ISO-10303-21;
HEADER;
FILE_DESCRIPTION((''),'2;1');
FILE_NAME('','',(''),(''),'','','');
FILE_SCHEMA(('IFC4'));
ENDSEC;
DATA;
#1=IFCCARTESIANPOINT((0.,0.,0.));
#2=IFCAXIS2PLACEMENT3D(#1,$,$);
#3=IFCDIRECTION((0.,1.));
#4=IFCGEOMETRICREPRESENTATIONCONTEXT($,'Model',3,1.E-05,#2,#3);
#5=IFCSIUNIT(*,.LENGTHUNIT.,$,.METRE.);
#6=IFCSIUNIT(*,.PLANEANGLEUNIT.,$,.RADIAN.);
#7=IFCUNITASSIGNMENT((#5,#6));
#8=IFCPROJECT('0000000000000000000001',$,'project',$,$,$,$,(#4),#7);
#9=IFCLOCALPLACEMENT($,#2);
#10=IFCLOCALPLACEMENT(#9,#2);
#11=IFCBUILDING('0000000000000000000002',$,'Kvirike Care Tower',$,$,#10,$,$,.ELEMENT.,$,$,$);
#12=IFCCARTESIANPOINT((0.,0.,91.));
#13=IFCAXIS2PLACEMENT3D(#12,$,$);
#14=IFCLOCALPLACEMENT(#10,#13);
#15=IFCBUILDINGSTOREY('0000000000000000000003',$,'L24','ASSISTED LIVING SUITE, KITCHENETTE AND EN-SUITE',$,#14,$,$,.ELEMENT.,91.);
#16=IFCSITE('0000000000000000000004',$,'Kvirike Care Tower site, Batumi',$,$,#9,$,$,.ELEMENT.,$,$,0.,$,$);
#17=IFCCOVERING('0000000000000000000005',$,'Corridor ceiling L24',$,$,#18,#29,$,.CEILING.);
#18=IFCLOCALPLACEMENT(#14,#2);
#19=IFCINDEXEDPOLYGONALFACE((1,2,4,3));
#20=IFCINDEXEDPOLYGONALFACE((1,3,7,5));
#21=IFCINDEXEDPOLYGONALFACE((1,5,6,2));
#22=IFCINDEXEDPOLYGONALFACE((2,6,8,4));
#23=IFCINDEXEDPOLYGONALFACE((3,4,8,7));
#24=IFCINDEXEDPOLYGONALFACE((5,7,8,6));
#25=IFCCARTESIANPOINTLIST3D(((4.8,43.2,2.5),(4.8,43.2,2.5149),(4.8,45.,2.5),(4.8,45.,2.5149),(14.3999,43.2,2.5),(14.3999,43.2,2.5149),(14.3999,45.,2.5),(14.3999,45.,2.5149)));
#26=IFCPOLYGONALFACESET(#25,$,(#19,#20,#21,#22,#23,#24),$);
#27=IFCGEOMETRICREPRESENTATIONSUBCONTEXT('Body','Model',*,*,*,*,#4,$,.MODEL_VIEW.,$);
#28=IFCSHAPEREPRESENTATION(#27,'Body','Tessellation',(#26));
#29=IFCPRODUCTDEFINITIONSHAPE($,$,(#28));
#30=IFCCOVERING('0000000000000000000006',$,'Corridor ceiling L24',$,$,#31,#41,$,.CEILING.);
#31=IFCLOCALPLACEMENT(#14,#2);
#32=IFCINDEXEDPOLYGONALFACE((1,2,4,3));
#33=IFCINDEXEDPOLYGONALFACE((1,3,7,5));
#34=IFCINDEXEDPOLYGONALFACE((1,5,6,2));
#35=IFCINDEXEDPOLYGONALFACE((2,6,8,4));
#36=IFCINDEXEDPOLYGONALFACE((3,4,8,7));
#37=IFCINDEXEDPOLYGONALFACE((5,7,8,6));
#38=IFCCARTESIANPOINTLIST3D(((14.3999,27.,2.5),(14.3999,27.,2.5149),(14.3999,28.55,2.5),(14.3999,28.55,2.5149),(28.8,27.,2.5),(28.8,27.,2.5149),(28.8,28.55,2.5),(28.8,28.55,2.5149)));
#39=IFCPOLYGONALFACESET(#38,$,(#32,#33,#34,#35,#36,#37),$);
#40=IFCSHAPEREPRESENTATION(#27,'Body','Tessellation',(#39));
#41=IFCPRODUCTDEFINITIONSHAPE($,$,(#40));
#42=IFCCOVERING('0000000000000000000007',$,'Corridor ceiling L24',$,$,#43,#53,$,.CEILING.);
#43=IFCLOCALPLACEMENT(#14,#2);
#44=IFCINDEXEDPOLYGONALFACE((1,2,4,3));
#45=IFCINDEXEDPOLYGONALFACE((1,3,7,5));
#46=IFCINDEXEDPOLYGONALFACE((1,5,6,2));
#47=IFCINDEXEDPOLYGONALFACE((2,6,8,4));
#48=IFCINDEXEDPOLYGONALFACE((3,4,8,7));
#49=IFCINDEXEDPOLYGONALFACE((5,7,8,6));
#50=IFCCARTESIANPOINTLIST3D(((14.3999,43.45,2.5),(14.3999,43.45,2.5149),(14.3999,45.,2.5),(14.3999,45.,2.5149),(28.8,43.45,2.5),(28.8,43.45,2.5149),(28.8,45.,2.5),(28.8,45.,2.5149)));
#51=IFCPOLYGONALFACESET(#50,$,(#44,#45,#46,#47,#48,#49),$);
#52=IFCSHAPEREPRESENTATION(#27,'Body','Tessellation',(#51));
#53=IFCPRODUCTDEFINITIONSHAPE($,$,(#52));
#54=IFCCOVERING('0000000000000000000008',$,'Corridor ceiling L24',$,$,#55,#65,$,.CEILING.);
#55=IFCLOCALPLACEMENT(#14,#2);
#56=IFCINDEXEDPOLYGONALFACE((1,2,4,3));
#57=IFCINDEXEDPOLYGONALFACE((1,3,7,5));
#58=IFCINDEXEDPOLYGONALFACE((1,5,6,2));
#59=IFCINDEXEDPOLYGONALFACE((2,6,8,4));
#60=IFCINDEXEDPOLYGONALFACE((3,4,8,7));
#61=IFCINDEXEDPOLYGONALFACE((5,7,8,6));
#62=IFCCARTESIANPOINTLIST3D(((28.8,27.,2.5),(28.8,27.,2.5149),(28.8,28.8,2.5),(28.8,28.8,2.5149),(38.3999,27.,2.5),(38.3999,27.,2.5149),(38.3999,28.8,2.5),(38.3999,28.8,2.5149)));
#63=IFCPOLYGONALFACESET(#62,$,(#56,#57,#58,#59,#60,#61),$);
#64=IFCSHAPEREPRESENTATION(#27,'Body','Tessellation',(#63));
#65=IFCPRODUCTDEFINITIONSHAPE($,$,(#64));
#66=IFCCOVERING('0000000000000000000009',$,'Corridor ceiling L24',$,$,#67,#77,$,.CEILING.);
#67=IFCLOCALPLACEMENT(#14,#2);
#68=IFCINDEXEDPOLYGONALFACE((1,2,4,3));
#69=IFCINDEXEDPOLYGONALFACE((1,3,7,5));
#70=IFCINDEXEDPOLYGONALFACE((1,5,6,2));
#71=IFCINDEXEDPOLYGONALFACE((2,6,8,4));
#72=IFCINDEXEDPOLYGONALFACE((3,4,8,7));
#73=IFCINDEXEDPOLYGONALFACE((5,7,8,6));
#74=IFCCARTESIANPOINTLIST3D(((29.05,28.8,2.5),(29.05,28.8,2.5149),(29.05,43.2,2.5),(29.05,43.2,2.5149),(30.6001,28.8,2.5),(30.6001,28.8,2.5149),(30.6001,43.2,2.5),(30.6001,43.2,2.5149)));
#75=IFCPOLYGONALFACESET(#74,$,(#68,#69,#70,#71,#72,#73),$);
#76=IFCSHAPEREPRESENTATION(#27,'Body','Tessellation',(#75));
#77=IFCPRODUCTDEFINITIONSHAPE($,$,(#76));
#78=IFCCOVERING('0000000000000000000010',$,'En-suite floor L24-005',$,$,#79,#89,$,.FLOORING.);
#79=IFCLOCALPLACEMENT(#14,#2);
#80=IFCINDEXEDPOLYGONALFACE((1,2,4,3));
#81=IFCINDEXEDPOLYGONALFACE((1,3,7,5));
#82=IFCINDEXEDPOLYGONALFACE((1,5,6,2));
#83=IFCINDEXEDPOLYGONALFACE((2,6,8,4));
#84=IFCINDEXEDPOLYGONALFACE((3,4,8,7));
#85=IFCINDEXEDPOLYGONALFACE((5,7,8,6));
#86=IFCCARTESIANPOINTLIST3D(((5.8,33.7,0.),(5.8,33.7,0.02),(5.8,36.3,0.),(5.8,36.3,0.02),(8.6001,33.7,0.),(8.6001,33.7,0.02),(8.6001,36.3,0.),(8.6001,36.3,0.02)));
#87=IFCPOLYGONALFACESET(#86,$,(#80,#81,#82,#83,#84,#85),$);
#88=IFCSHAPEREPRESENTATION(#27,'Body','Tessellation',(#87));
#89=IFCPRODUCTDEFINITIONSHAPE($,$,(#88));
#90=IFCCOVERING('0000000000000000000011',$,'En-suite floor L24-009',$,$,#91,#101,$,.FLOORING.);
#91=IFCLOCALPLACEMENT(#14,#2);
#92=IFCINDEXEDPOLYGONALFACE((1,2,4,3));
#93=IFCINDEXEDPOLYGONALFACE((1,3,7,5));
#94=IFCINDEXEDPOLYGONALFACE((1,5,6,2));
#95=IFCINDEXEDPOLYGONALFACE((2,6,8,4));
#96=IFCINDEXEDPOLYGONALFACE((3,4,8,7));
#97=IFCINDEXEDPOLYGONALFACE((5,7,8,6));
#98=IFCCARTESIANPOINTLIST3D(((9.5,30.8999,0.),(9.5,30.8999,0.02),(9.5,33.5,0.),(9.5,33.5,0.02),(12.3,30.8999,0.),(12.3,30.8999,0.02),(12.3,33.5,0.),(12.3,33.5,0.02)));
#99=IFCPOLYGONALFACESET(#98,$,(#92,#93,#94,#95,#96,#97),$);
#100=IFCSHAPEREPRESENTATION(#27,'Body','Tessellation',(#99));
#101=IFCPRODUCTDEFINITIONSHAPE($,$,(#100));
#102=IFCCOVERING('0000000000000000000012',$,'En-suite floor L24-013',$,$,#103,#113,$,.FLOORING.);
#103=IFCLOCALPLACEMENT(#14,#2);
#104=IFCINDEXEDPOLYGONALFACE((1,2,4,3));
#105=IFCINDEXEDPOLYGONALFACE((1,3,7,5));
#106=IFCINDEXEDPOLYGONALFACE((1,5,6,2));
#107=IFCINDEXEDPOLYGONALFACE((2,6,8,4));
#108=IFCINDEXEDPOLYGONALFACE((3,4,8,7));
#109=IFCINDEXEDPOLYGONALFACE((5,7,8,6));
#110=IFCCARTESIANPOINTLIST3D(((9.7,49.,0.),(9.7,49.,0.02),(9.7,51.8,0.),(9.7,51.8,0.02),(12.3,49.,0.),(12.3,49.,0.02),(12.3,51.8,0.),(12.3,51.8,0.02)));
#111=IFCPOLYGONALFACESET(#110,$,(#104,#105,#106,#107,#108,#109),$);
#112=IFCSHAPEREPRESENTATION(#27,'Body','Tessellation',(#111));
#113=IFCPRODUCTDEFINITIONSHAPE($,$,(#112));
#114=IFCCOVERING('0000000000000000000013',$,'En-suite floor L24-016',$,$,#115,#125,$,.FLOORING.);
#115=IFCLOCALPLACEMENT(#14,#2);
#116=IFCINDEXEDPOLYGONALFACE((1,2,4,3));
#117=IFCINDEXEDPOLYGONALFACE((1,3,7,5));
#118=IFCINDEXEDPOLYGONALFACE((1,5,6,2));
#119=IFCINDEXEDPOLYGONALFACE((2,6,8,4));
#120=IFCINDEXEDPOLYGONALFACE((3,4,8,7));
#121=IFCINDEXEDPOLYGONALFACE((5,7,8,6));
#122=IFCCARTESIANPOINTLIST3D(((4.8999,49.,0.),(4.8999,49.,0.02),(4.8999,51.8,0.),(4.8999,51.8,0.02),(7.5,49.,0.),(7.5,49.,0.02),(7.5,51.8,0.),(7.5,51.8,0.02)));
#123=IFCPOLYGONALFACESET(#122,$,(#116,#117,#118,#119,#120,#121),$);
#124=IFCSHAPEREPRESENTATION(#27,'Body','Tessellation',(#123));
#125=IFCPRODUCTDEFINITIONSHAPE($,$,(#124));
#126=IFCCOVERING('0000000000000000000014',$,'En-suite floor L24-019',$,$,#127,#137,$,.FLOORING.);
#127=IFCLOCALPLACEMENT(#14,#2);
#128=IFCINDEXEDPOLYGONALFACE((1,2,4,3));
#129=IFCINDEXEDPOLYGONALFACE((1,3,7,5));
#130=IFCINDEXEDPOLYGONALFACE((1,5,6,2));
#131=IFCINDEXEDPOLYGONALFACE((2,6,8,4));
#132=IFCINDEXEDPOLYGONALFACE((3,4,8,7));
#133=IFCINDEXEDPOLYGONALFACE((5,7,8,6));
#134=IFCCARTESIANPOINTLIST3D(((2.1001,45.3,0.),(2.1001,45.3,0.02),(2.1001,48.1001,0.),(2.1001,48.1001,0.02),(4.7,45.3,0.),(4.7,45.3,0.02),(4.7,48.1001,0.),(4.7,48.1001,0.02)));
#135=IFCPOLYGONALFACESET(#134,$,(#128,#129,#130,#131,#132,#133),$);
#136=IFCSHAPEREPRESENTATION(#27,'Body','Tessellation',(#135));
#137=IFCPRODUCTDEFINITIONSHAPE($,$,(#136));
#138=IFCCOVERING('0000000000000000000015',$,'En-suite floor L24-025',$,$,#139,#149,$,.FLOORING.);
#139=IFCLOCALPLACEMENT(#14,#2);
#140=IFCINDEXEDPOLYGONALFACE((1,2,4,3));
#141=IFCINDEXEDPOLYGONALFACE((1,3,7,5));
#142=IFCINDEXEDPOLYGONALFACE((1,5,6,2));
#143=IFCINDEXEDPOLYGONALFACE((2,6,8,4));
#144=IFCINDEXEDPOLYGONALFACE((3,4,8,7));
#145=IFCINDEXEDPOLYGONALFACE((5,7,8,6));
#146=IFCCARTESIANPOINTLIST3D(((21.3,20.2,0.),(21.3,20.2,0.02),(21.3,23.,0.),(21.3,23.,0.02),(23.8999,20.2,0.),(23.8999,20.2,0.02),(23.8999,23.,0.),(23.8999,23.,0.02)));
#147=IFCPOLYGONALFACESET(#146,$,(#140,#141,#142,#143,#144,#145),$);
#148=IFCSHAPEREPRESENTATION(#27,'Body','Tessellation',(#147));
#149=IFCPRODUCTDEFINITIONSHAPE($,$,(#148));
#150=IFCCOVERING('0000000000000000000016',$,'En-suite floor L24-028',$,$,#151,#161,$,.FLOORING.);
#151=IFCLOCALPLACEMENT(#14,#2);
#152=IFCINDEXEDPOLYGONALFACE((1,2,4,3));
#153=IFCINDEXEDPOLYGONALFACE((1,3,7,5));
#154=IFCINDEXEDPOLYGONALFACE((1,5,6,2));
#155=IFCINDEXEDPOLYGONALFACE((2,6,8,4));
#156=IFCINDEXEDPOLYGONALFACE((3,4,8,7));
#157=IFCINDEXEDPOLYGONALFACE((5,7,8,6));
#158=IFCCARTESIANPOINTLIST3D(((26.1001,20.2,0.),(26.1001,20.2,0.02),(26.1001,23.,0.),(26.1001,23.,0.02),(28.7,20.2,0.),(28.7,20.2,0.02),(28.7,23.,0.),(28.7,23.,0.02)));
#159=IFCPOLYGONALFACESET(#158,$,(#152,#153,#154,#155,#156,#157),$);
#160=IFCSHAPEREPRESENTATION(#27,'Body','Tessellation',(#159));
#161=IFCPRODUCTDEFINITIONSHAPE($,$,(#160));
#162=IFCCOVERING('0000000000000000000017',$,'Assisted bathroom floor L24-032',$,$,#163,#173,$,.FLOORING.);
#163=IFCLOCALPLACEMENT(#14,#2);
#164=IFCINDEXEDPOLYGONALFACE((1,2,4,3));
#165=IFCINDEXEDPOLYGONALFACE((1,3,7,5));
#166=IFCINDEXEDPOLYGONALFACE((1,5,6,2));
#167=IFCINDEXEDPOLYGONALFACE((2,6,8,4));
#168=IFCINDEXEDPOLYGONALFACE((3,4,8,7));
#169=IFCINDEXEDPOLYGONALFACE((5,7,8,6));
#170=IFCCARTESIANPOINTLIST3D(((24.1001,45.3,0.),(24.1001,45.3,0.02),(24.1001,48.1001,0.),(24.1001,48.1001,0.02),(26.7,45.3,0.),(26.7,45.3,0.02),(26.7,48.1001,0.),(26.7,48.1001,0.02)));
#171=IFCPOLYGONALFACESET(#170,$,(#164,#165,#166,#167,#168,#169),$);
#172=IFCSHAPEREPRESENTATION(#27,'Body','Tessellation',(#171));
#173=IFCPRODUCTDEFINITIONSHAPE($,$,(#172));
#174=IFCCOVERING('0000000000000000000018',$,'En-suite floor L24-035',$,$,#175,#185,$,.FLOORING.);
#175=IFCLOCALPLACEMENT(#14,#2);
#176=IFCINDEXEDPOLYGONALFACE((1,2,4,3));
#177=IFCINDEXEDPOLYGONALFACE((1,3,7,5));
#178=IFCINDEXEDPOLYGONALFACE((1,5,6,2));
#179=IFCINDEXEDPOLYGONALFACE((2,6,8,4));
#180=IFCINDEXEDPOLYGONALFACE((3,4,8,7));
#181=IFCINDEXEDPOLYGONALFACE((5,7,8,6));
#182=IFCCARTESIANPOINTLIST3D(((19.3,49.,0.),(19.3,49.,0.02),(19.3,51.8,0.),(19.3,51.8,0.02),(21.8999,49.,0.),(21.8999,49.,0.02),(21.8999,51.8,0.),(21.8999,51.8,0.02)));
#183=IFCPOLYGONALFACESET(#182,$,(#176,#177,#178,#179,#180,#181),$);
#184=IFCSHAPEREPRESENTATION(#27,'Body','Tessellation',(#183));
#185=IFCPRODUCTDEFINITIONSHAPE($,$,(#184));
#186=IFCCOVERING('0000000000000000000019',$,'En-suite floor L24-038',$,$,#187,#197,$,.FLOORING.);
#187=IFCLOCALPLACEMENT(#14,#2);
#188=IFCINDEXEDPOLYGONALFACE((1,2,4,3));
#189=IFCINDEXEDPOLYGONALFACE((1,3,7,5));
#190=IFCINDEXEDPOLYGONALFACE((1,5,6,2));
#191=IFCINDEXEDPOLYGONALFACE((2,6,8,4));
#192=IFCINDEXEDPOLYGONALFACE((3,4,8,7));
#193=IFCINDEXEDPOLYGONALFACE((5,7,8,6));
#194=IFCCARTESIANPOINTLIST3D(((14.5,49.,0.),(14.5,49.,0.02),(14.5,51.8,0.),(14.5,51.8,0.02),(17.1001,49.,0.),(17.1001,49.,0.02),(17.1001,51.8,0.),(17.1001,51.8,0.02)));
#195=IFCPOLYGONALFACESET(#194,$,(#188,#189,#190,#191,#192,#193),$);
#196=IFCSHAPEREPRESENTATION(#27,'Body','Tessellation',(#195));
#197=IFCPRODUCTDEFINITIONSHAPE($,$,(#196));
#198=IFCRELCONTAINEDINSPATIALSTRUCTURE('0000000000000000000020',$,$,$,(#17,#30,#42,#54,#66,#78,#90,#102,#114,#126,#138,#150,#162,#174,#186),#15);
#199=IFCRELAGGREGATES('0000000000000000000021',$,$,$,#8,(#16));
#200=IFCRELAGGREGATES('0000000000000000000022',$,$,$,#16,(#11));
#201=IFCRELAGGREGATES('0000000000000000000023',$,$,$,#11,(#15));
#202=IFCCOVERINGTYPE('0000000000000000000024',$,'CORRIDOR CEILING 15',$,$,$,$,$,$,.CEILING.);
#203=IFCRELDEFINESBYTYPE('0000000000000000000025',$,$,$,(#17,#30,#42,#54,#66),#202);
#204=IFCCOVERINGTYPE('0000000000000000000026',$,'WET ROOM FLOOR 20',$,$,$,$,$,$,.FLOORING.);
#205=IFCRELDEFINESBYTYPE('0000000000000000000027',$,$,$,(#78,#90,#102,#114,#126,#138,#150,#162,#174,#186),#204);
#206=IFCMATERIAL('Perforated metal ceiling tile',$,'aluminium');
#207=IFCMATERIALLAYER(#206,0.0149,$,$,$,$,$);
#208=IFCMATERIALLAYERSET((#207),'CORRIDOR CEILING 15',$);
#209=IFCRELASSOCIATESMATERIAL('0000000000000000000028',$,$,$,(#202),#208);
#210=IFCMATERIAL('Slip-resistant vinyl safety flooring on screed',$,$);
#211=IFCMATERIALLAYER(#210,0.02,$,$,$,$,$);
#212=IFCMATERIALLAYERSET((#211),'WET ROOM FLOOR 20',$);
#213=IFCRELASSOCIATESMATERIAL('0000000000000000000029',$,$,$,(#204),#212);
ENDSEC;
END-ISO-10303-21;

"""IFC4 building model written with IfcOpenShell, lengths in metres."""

from ifc_helpers import new_model, si_unit, direction, frame, origin, place, context, subcontext, project, spatial, polyline, outline, extrude, material, layer, layer_set, type_object, element, save


model = new_model("IFC4")

# Units and contexts
model_context = context("Model", 3, precision=1e-05, world=origin(), true_north=direction((0.0, 1.0)))
body_context = subcontext(model_context, "Body", "Model", "MODEL_VIEW")
ifc_project = project(units=[si_unit("LENGTHUNIT", "METRE"), si_unit("PLANEANGLEUNIT", "RADIAN")], contexts=[model_context])

# Site, building, storey
site_placement = place(None, origin())
site = spatial("IfcSite", under=ifc_project, at=site_placement, Name="Kvirike Care Tower site, Batumi", CompositionType="ELEMENT", RefElevation=0.0)
building_placement = place(site_placement, origin())
building = spatial("IfcBuilding", under=site, at=building_placement, Name="Kvirike Care Tower", CompositionType="ELEMENT")
storey_placement = place(building_placement, frame((0.0, 0.0, 91.0)))
storey = spatial("IfcBuildingStorey", under=building, at=storey_placement, Name="L24", Description="ASSISTED LIVING SUITE, KITCHENETTE AND EN-SUITE", CompositionType="ELEMENT", Elevation=91.0)

# Coverings
ifc_material_1 = material(Name="Perforated metal ceiling tile", Category="aluminium")
ifc_layer_1 = layer(ifc_material_1, 0.0149)
ifc_layer_set_1 = layer_set([ifc_layer_1], Name="CORRIDOR CEILING 15")
covering_type_1 = type_object("IfcCoveringType", Name="CORRIDOR CEILING 15", PredefinedType="CEILING", material=ifc_layer_set_1)
covering_1_placement = place(storey_placement, frame((0.0, 0.0, 2.5)))
element("IfcCovering", 1, at=covering_1_placement, inside=storey, type_object=covering_type_1, Name="Corridor ceiling L24", PredefinedType="CEILING", context=body_context, shape_type="SweptSolid", body=[
    extrude(outline(polyline([(14.3999, 45.0), (14.3999, 43.2), (4.8, 43.2), (4.8, 45.0), (14.3999, 45.0)])), origin(), (0.0, 0.0, 1.0), 0.0149),
])
covering_2_placement = place(storey_placement, frame((0.0, 0.0, 2.5)))
element("IfcCovering", 2, at=covering_2_placement, inside=storey, type_object=covering_type_1, Name="Corridor ceiling L24", PredefinedType="CEILING", context=body_context, shape_type="SweptSolid", body=[
    extrude(outline(polyline([(14.3999, 27.0), (14.3999, 28.55), (28.8, 28.55), (28.8, 27.0), (14.3999, 27.0)])), origin(), (0.0, 0.0, 1.0), 0.0149),
])
covering_3_placement = place(storey_placement, frame((0.0, 0.0, 2.5)))
element("IfcCovering", 3, at=covering_3_placement, inside=storey, type_object=covering_type_1, Name="Corridor ceiling L24", PredefinedType="CEILING", context=body_context, shape_type="SweptSolid", body=[
    extrude(outline(polyline([(28.8, 45.0), (28.8, 43.45), (14.3999, 43.45), (14.3999, 45.0), (28.8, 45.0)])), origin(), (0.0, 0.0, 1.0), 0.0149),
])
covering_4_placement = place(storey_placement, frame((0.0, 0.0, 2.5)))
element("IfcCovering", 4, at=covering_4_placement, inside=storey, type_object=covering_type_1, Name="Corridor ceiling L24", PredefinedType="CEILING", context=body_context, shape_type="SweptSolid", body=[
    extrude(outline(polyline([(28.8, 27.0), (28.8, 28.8), (38.3999, 28.8), (38.3999, 27.0), (28.8, 27.0)])), origin(), (0.0, 0.0, 1.0), 0.0149),
])
covering_5_placement = place(storey_placement, frame((0.0, 0.0, 2.5)))
element("IfcCovering", 5, at=covering_5_placement, inside=storey, type_object=covering_type_1, Name="Corridor ceiling L24", PredefinedType="CEILING", context=body_context, shape_type="SweptSolid", body=[
    extrude(outline(polyline([(30.6001, 28.8), (29.05, 28.8), (29.05, 43.2), (30.6001, 43.2), (30.6001, 28.8)])), origin(), (0.0, 0.0, 1.0), 0.0149),
])
ifc_material_2 = material(Name="Slip-resistant vinyl safety flooring on screed")
ifc_layer_2 = layer(ifc_material_2, 0.02)
ifc_layer_set_2 = layer_set([ifc_layer_2], Name="WET ROOM FLOOR 20")
covering_type_2 = type_object("IfcCoveringType", Name="WET ROOM FLOOR 20", PredefinedType="FLOORING", material=ifc_layer_set_2)
covering_6_placement = place(storey_placement, origin())
element("IfcCovering", 6, at=covering_6_placement, inside=storey, type_object=covering_type_2, Name="En-suite floor L24-005", PredefinedType="FLOORING", context=body_context, shape_type="SweptSolid", body=[
    extrude(outline(polyline([(5.8, 36.3), (8.6001, 36.3), (8.6001, 33.7), (5.8, 33.7), (5.8, 36.3)])), origin(), (0.0, 0.0, 1.0), 0.02),
])
covering_7_placement = place(storey_placement, origin())
element("IfcCovering", 7, at=covering_7_placement, inside=storey, type_object=covering_type_2, Name="En-suite floor L24-009", PredefinedType="FLOORING", context=body_context, shape_type="SweptSolid", body=[
    extrude(outline(polyline([(9.5, 33.5), (12.3, 33.5), (12.3, 30.8999), (9.5, 30.8999), (9.5, 33.5)])), origin(), (0.0, 0.0, 1.0), 0.02),
])
covering_8_placement = place(storey_placement, origin())
element("IfcCovering", 8, at=covering_8_placement, inside=storey, type_object=covering_type_2, Name="En-suite floor L24-013", PredefinedType="FLOORING", context=body_context, shape_type="SweptSolid", body=[
    extrude(outline(polyline([(12.3, 51.8), (12.3, 49.0), (9.7, 49.0), (9.7, 51.8), (12.3, 51.8)])), origin(), (0.0, 0.0, 1.0), 0.02),
])
covering_9_placement = place(storey_placement, origin())
element("IfcCovering", 9, at=covering_9_placement, inside=storey, type_object=covering_type_2, Name="En-suite floor L24-016", PredefinedType="FLOORING", context=body_context, shape_type="SweptSolid", body=[
    extrude(outline(polyline([(7.5, 51.8), (7.5, 49.0), (4.8999, 49.0), (4.8999, 51.8), (7.5, 51.8)])), origin(), (0.0, 0.0, 1.0), 0.02),
])
covering_10_placement = place(storey_placement, origin())
element("IfcCovering", 10, at=covering_10_placement, inside=storey, type_object=covering_type_2, Name="En-suite floor L24-019", PredefinedType="FLOORING", context=body_context, shape_type="SweptSolid", body=[
    extrude(outline(polyline([(4.7, 48.1001), (4.7, 45.3), (2.1001, 45.3), (2.1001, 48.1001), (4.7, 48.1001)])), origin(), (0.0, 0.0, 1.0), 0.02),
])
covering_11_placement = place(storey_placement, origin())
element("IfcCovering", 11, at=covering_11_placement, inside=storey, type_object=covering_type_2, Name="En-suite floor L24-025", PredefinedType="FLOORING", context=body_context, shape_type="SweptSolid", body=[
    extrude(outline(polyline([(21.3, 20.2), (21.3, 23.0), (23.8999, 23.0), (23.8999, 20.2), (21.3, 20.2)])), origin(), (0.0, 0.0, 1.0), 0.02),
])
covering_12_placement = place(storey_placement, origin())
element("IfcCovering", 12, at=covering_12_placement, inside=storey, type_object=covering_type_2, Name="En-suite floor L24-028", PredefinedType="FLOORING", context=body_context, shape_type="SweptSolid", body=[
    extrude(outline(polyline([(26.1001, 20.2), (26.1001, 23.0), (28.7, 23.0), (28.7, 20.2), (26.1001, 20.2)])), origin(), (0.0, 0.0, 1.0), 0.02),
])
covering_13_placement = place(storey_placement, origin())
element("IfcCovering", 13, at=covering_13_placement, inside=storey, type_object=covering_type_2, Name="Assisted bathroom floor L24-032", PredefinedType="FLOORING", context=body_context, shape_type="SweptSolid", body=[
    extrude(outline(polyline([(26.7, 48.1001), (26.7, 45.3), (24.1001, 45.3), (24.1001, 48.1001), (26.7, 48.1001)])), origin(), (0.0, 0.0, 1.0), 0.02),
])
covering_14_placement = place(storey_placement, origin())
element("IfcCovering", 14, at=covering_14_placement, inside=storey, type_object=covering_type_2, Name="En-suite floor L24-035", PredefinedType="FLOORING", context=body_context, shape_type="SweptSolid", body=[
    extrude(outline(polyline([(21.8999, 51.8), (21.8999, 49.0), (19.3, 49.0), (19.3, 51.8), (21.8999, 51.8)])), origin(), (0.0, 0.0, 1.0), 0.02),
])
covering_15_placement = place(storey_placement, origin())
element("IfcCovering", 15, at=covering_15_placement, inside=storey, type_object=covering_type_2, Name="En-suite floor L24-038", PredefinedType="FLOORING", context=body_context, shape_type="SweptSolid", body=[
    extrude(outline(polyline([(17.1001, 51.8), (17.1001, 49.0), (14.5, 49.0), (14.5, 51.8), (17.1001, 51.8)])), origin(), (0.0, 0.0, 1.0), 0.02),
])

save(model, "model.ifc")
